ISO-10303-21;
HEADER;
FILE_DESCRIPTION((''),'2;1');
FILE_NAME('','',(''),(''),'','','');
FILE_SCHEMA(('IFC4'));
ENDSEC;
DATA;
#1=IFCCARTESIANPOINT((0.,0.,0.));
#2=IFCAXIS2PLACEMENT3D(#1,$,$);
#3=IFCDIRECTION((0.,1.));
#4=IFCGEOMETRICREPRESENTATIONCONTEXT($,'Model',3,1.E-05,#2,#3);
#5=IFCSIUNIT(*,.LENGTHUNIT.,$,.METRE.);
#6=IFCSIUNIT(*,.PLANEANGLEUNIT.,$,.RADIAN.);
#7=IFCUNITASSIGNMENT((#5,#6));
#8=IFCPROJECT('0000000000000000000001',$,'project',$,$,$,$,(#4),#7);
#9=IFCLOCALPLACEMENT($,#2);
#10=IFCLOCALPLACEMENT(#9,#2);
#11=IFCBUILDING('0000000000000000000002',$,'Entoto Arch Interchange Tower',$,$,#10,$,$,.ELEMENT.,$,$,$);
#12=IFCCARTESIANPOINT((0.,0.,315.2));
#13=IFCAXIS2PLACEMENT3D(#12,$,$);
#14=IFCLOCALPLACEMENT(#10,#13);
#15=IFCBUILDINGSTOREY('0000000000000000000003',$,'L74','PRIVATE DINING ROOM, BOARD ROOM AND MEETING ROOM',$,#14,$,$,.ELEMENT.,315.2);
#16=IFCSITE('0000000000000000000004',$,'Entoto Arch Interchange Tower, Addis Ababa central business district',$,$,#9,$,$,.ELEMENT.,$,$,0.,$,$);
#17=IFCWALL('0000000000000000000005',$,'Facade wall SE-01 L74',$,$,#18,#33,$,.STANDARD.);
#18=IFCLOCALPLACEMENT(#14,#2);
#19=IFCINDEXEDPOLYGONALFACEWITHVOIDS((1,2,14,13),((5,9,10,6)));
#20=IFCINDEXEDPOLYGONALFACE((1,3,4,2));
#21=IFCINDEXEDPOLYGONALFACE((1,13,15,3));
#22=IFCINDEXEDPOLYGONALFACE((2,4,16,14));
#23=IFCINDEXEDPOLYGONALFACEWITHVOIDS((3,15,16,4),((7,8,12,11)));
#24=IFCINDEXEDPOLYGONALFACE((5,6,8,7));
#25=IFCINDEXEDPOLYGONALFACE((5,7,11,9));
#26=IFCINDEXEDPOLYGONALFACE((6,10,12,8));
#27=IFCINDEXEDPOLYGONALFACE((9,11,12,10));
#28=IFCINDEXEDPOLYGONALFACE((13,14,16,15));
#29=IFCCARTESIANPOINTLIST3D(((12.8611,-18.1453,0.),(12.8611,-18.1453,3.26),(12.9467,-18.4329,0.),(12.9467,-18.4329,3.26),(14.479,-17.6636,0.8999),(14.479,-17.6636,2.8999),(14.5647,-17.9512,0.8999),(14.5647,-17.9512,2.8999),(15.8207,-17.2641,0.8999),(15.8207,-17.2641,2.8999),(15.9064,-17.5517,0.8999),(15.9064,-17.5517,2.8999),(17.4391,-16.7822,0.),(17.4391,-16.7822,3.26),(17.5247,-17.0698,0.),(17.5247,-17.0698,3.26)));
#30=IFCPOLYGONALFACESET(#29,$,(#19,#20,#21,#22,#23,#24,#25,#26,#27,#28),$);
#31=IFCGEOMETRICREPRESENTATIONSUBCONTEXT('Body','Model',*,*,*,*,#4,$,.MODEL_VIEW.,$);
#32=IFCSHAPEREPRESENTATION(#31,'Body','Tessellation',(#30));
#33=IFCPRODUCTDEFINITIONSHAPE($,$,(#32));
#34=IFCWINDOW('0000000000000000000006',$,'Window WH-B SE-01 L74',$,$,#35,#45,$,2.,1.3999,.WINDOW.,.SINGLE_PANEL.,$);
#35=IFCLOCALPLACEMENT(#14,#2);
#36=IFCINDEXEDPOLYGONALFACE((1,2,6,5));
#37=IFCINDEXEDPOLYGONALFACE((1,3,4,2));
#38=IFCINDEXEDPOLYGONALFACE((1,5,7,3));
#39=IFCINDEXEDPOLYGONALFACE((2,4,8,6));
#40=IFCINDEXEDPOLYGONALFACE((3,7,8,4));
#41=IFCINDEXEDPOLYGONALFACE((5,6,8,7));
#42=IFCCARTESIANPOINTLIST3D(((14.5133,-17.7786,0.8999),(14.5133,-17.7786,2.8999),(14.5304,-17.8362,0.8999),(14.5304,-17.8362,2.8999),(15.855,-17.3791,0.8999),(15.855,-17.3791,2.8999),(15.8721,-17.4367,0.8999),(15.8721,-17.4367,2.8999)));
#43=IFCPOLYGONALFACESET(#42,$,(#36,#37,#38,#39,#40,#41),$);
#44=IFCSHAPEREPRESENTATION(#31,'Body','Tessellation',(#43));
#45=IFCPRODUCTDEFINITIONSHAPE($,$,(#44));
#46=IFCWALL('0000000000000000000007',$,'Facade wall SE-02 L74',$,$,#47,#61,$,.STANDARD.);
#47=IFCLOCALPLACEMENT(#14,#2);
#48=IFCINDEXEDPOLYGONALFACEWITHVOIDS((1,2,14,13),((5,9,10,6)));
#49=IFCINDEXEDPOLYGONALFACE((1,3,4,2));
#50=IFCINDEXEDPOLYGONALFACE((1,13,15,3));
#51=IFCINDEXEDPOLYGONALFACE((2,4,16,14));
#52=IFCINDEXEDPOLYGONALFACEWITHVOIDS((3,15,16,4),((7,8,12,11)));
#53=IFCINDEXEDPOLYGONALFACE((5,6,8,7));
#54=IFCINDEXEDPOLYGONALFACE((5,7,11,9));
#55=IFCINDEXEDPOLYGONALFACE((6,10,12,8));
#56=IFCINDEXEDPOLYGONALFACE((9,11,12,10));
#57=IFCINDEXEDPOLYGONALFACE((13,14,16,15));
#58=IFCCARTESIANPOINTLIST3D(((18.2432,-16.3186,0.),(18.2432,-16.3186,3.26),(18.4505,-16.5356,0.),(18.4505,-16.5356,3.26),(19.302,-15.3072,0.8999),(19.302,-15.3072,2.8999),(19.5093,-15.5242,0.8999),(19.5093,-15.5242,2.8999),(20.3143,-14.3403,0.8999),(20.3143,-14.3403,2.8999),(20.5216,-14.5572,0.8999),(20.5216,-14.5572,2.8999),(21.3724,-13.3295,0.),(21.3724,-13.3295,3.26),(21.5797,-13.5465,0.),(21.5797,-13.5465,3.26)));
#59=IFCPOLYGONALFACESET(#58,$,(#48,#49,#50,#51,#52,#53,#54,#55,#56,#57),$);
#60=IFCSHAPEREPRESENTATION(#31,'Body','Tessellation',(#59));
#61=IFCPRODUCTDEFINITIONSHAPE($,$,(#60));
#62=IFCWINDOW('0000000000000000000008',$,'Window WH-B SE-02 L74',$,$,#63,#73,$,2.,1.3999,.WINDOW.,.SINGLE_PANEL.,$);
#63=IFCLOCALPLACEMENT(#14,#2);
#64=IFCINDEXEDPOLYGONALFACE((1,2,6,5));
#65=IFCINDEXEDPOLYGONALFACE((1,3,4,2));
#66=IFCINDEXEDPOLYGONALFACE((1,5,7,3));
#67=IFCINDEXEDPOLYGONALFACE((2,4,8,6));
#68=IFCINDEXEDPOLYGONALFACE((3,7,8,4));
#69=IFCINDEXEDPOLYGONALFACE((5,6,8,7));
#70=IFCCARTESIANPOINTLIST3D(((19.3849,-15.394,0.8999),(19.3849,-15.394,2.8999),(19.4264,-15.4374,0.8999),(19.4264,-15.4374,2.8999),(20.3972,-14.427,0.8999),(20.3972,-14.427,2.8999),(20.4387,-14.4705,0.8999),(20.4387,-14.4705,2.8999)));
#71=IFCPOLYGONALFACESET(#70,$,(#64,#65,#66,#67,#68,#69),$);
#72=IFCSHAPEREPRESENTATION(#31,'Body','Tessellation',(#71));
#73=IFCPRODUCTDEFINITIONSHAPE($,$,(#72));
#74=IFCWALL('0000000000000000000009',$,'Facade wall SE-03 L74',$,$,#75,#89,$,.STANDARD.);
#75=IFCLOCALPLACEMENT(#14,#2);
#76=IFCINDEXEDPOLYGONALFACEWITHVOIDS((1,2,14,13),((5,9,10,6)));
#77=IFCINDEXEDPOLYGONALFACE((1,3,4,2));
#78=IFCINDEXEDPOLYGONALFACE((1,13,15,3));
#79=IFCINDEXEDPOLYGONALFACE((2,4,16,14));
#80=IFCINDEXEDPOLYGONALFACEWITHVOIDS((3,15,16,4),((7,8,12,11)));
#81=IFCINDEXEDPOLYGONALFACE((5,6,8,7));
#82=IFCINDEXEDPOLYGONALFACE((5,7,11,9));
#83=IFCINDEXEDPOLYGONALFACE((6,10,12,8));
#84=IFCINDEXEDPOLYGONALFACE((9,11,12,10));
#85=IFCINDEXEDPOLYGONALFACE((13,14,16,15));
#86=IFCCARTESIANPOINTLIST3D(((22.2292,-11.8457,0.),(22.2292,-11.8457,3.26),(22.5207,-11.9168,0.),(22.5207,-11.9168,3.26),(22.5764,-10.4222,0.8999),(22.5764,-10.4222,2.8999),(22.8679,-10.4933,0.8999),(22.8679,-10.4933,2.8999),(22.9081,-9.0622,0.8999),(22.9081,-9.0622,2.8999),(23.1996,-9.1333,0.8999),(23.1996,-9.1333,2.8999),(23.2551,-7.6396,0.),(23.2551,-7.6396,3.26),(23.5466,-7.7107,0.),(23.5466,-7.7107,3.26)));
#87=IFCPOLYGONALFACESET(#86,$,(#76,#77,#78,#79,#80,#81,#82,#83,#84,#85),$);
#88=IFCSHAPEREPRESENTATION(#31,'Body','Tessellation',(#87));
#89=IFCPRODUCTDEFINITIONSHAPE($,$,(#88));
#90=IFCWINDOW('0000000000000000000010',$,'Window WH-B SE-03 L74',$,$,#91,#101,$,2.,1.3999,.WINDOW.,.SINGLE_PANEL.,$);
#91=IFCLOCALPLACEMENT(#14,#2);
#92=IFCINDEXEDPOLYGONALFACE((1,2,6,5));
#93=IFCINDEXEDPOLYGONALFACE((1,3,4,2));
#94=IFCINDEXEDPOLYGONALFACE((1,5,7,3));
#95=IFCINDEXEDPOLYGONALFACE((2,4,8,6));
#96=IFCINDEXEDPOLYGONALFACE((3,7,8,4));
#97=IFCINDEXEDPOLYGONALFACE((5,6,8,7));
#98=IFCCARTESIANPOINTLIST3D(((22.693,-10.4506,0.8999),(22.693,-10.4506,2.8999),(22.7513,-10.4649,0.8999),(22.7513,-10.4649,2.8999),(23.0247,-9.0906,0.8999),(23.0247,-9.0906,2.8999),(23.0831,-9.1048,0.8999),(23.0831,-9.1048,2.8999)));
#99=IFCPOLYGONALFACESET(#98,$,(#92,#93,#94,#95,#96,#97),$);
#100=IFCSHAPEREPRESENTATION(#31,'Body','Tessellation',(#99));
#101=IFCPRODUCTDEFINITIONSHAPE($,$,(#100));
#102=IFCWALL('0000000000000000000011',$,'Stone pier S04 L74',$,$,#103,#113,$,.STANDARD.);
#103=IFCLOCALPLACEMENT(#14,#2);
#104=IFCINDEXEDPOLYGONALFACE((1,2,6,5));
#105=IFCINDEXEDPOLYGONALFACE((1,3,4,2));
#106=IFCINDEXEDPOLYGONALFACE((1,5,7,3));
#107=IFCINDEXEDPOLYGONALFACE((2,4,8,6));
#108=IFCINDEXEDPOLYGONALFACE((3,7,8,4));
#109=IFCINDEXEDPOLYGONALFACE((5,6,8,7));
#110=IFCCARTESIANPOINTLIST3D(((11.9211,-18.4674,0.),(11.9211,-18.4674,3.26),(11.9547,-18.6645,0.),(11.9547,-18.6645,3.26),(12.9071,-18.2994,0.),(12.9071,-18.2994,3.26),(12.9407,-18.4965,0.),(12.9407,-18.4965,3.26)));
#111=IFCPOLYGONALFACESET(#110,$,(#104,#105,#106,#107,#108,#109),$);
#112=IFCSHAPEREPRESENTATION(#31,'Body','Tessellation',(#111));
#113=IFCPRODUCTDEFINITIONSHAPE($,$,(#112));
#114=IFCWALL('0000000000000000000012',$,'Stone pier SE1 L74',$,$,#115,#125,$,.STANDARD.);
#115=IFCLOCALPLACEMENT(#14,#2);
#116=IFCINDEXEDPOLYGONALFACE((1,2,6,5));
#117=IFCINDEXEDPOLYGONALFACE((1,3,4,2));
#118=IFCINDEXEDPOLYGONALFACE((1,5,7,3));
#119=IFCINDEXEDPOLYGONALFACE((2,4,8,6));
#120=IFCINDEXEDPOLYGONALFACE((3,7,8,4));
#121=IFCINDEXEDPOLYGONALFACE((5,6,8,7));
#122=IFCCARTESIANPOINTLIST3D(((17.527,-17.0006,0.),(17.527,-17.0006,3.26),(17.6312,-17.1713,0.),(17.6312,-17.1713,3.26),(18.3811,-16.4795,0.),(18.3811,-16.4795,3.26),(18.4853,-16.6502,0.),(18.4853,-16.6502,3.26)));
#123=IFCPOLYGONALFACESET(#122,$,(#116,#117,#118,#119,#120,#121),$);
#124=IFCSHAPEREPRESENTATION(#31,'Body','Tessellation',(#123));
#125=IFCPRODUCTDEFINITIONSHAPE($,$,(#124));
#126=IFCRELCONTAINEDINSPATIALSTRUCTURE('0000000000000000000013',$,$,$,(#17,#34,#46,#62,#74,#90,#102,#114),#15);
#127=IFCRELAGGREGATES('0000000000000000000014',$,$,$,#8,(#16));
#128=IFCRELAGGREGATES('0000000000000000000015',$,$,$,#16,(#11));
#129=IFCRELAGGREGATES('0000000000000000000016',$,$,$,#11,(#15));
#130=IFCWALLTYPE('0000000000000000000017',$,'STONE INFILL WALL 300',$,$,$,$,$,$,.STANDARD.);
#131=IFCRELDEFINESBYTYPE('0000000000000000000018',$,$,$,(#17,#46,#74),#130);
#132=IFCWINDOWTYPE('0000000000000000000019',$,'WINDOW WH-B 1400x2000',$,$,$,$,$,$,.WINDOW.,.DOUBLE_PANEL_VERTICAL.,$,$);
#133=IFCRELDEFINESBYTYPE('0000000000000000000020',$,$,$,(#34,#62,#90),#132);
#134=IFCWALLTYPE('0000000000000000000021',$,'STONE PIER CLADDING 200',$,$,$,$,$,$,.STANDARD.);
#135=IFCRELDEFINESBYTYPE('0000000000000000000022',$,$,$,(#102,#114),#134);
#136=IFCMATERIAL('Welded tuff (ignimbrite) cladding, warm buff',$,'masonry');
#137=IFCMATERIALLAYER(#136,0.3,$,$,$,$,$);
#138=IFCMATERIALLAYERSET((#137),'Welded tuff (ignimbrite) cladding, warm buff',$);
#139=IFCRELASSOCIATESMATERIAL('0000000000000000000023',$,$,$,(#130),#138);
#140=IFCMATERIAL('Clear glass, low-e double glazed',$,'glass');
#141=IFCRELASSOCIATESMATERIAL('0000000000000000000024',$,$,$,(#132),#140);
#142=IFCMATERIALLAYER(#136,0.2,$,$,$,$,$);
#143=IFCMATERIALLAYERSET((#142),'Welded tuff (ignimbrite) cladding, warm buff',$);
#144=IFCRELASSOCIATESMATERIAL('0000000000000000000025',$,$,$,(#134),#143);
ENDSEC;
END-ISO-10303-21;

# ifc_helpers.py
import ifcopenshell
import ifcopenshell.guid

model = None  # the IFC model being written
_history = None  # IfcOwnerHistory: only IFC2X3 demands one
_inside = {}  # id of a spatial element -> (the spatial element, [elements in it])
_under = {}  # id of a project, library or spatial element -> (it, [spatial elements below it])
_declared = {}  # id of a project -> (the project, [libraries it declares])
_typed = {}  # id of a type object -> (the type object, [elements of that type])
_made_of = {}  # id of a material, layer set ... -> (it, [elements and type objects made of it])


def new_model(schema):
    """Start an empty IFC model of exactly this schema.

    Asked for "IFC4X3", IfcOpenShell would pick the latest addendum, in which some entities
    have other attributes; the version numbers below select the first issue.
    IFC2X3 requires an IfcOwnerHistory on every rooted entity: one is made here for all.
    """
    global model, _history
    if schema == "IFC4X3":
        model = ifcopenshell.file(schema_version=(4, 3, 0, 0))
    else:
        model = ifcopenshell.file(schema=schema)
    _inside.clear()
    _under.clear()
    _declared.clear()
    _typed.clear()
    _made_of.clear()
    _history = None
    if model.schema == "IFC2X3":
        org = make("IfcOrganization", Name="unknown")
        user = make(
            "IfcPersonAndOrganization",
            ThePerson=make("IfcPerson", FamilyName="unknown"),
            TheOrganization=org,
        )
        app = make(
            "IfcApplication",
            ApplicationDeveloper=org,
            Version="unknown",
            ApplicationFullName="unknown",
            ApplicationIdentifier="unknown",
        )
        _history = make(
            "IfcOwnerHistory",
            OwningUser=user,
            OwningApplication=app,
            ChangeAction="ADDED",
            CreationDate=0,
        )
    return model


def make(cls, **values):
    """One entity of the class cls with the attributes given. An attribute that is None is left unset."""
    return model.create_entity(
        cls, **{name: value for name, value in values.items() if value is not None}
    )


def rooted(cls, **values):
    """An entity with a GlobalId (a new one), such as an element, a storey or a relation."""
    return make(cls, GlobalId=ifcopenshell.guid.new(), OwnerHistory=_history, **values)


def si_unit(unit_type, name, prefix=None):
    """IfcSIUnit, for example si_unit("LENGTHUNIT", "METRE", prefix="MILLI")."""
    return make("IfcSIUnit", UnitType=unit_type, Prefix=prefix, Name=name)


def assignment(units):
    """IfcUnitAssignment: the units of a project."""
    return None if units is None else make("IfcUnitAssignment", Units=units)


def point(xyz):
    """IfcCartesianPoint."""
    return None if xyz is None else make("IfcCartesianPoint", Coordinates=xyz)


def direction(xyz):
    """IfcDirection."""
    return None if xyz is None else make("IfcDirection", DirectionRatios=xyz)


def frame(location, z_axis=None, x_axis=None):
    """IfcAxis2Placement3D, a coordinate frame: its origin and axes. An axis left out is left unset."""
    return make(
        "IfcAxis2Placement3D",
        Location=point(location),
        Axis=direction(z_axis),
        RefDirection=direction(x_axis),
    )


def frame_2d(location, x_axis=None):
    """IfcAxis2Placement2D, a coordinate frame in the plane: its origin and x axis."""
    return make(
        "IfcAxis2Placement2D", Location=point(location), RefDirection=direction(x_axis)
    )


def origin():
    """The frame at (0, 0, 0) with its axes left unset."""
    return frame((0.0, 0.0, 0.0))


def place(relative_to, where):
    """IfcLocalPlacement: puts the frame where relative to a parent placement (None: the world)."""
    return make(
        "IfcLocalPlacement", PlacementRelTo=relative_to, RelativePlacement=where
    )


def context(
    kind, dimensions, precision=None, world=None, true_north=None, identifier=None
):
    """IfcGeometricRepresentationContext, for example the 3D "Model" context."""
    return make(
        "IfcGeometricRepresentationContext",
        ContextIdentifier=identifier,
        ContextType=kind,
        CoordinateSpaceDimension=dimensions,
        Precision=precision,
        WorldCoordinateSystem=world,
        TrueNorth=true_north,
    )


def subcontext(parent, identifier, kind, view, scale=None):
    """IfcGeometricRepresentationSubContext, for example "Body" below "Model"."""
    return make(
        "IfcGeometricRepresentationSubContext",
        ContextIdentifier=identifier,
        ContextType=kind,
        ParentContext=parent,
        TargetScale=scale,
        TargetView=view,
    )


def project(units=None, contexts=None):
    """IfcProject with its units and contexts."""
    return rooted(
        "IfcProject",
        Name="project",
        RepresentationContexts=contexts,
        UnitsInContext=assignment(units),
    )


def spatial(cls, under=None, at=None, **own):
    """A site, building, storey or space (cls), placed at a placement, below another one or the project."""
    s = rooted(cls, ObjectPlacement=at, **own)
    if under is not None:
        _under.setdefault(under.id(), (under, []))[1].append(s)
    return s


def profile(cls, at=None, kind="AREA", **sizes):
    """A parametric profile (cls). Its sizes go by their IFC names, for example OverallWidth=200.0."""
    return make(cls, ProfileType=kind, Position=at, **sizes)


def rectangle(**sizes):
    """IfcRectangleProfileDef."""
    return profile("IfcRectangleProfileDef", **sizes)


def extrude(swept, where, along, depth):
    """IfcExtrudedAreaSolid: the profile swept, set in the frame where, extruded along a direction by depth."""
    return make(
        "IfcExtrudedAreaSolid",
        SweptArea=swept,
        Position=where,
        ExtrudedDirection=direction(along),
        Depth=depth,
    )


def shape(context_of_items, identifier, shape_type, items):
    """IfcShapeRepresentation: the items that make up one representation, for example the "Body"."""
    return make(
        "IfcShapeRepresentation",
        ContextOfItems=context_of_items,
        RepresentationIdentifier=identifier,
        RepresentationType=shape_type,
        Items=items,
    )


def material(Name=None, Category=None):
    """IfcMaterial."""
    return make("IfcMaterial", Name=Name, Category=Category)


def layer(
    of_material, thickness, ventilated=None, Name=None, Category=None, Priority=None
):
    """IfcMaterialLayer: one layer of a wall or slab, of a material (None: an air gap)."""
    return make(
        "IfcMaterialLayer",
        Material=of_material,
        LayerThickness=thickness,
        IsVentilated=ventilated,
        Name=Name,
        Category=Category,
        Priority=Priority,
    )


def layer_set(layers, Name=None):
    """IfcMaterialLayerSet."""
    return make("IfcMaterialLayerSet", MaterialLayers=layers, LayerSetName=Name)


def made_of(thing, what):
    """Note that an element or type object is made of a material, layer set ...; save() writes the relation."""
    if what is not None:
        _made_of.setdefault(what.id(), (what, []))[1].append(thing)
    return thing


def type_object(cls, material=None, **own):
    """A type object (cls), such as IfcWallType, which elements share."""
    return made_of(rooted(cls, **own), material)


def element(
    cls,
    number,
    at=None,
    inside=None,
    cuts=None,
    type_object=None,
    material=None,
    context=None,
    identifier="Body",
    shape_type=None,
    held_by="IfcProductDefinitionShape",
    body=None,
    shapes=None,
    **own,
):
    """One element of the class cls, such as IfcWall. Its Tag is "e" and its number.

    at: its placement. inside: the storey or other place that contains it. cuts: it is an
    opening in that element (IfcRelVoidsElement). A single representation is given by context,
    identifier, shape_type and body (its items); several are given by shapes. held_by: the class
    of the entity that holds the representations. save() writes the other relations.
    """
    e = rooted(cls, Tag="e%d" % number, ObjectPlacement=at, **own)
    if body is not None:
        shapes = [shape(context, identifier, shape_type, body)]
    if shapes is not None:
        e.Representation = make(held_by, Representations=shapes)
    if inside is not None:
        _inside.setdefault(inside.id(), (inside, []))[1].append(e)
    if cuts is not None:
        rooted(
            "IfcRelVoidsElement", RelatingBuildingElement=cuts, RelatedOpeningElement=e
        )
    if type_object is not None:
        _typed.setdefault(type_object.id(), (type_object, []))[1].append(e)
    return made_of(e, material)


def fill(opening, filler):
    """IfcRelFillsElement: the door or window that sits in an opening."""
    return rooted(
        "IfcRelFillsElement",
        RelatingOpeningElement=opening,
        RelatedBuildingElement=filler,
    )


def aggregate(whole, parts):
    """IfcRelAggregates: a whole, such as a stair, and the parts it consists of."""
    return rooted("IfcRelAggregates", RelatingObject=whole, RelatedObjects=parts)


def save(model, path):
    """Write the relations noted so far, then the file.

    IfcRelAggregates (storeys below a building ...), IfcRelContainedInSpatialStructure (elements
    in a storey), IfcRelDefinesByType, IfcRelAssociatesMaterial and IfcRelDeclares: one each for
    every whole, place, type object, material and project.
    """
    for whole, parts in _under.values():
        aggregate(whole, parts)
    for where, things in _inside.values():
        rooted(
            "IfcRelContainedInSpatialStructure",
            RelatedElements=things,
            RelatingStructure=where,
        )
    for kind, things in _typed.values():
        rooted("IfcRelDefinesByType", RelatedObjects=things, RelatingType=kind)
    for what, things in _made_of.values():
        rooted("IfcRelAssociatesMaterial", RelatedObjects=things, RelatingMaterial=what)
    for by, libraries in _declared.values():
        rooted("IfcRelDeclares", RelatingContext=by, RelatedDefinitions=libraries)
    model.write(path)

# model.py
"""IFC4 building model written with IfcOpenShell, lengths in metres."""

from ifc_helpers import new_model, si_unit, direction, frame, frame_2d, origin, place, context, subcontext, project, spatial, rectangle, extrude, material, layer, layer_set, type_object, element, fill, save


model = new_model("IFC4")

# Units and contexts
model_context = context("Model", 3, precision=1e-05, world=origin(), true_north=direction((0.0, 1.0)))
body_context = subcontext(model_context, "Body", "Model", "MODEL_VIEW")
ifc_project = project(units=[si_unit("LENGTHUNIT", "METRE"), si_unit("PLANEANGLEUNIT", "RADIAN")], contexts=[model_context])

# Site, building, storey
site_placement = place(None, origin())
site = spatial("IfcSite", under=ifc_project, at=site_placement, Name="Entoto Arch Interchange Tower, Addis Ababa central business district", CompositionType="ELEMENT", RefElevation=0.0)
building_placement = place(site_placement, origin())
building = spatial("IfcBuilding", under=site, at=building_placement, Name="Entoto Arch Interchange Tower", CompositionType="ELEMENT")
storey_placement = place(building_placement, frame((0.0, 0.0, 315.2)))
storey = spatial("IfcBuildingStorey", under=building, at=storey_placement, Name="L74", Description="PRIVATE DINING ROOM, BOARD ROOM AND MEETING ROOM", CompositionType="ELEMENT", Elevation=315.2)

# Walls, openings, windows
ifc_material_1 = material(Name="Welded tuff (ignimbrite) cladding, warm buff", Category="masonry")
ifc_layer_1 = layer(ifc_material_1, 0.3)
ifc_layer_set_1 = layer_set([ifc_layer_1], Name="Welded tuff (ignimbrite) cladding, warm buff")
wall_type_1 = type_object("IfcWallType", Name="STONE INFILL WALL 300", PredefinedType="STANDARD", material=ifc_layer_set_1)
ifc_material_2 = material(Name="Clear glass, low-e double glazed", Category="glass")
window_type = type_object("IfcWindowType", Name="WINDOW WH-B 1400x2000", PartitioningType="DOUBLE_PANEL_VERTICAL", PredefinedType="WINDOW", material=ifc_material_2)
wall_1_placement = place(storey_placement, frame((12.9041, -18.2891, 0.0), z_axis=(0.0, 0.0, 1.0), x_axis=(0.958419, 0.285364, 0.0)))
wall_1 = element("IfcWall", 1, at=wall_1_placement, inside=storey, type_object=wall_type_1, Name="Facade wall SE-01 L74", PredefinedType="STANDARD", context=body_context, shape_type="SweptSolid", body=[
    extrude(rectangle(XDim=4.7766, YDim=0.3, at=frame_2d((2.3882, 0.0))), origin(), (0.0, 0.0, 1.0), 3.26),
])
opening_1_placement = place(wall_1_placement, frame((1.688, 0.0, 0.8999)))
opening_1 = element("IfcOpeningElement", 2, at=opening_1_placement, cuts=wall_1, PredefinedType="OPENING", context=body_context, shape_type="SweptSolid", body=[
    extrude(rectangle(XDim=1.3999, YDim=2.0, at=frame_2d((0.7, 1.0))), frame((0.0, 0.1602, 0.0), z_axis=(0.0, -1.0, 0.0), x_axis=(1.0, 0.0, 0.0)), (0.0, 0.0, 1.0), 0.3201),
])
window_1_placement = place(opening_1_placement, origin())
window_1 = element("IfcWindow", 3, at=window_1_placement, inside=storey, type_object=window_type, Name="Window WH-B SE-01 L74", OverallHeight=2.0, OverallWidth=1.3999, PartitioningType="SINGLE_PANEL", PredefinedType="WINDOW", context=body_context, shape_type="SweptSolid", body=[
    extrude(rectangle(XDim=1.3999, YDim=2.0, at=frame_2d((0.7, 1.0))), frame((0.0, 0.03, 0.0), z_axis=(0.0, -1.0, 0.0), x_axis=(1.0, 0.0, 0.0)), (0.0, 0.0, 1.0), 0.0601),
])
fill(opening_1, window_1)
wall_2_placement = place(storey_placement, frame((18.3469, -16.427, 0.0), z_axis=(0.0, 0.0, 1.0), x_axis=(0.723113, 0.690729, 0.0)))
wall_2 = element("IfcWall", 4, at=wall_2_placement, inside=storey, type_object=wall_type_1, Name="Facade wall SE-02 L74", PredefinedType="STANDARD", context=body_context, shape_type="SweptSolid", body=[
    extrude(rectangle(XDim=4.3274, YDim=0.3, at=frame_2d((2.1636, 0.0))), origin(), (0.0, 0.0, 1.0), 3.26),
])
opening_2_placement = place(wall_2_placement, frame((1.4641, 0.0, 0.8999)))
opening_2 = element("IfcOpeningElement", 5, at=opening_2_placement, cuts=wall_2, PredefinedType="OPENING", context=body_context, shape_type="SweptSolid", body=[
    extrude(rectangle(XDim=1.3999, YDim=2.0, at=frame_2d((0.7, 1.0))), frame((0.0, 0.1602, 0.0), z_axis=(0.0, -1.0, 0.0), x_axis=(1.0, 0.0, 0.0)), (0.0, 0.0, 1.0), 0.3201),
])
window_2_placement = place(opening_2_placement, origin())
window_2 = element("IfcWindow", 6, at=window_2_placement, inside=storey, type_object=window_type, Name="Window WH-B SE-02 L74", OverallHeight=2.0, OverallWidth=1.3999, PartitioningType="SINGLE_PANEL", PredefinedType="WINDOW", context=body_context, shape_type="SweptSolid", body=[
    extrude(rectangle(XDim=1.3999, YDim=2.0, at=frame_2d((0.7, 1.0))), frame((0.0, 0.03, 0.0), z_axis=(0.0, -1.0, 0.0), x_axis=(1.0, 0.0, 0.0)), (0.0, 0.0, 1.0), 0.0601),
])
fill(opening_2, window_2)
wall_3_placement = place(storey_placement, frame((22.375, -11.8811, 0.0), z_axis=(0.0, 0.0, 1.0), x_axis=(0.236959, 0.97152, 0.0)))
wall_3 = element("IfcWall", 7, at=wall_3_placement, inside=storey, type_object=wall_type_1, Name="Facade wall SE-03 L74", PredefinedType="STANDARD", context=body_context, shape_type="SweptSolid", body=[
    extrude(rectangle(XDim=4.3293, YDim=0.3, at=frame_2d((2.1646, 0.0))), origin(), (0.0, 0.0, 1.0), 3.26),
])
opening_3_placement = place(wall_3_placement, frame((1.4651, 0.0, 0.8999)))
opening_3 = element("IfcOpeningElement", 8, at=opening_3_placement, cuts=wall_3, PredefinedType="OPENING", context=body_context, shape_type="SweptSolid", body=[
    extrude(rectangle(XDim=1.3999, YDim=2.0, at=frame_2d((0.7, 1.0))), frame((0.0, 0.1602, 0.0), z_axis=(0.0, -1.0, 0.0), x_axis=(1.0, 0.0, 0.0)), (0.0, 0.0, 1.0), 0.3201),
])
window_3_placement = place(opening_3_placement, origin())
window_3 = element("IfcWindow", 9, at=window_3_placement, inside=storey, type_object=window_type, Name="Window WH-B SE-03 L74", OverallHeight=2.0, OverallWidth=1.3999, PartitioningType="SINGLE_PANEL", PredefinedType="WINDOW", context=body_context, shape_type="SweptSolid", body=[
    extrude(rectangle(XDim=1.3999, YDim=2.0, at=frame_2d((0.7, 1.0))), frame((0.0, 0.03, 0.0), z_axis=(0.0, -1.0, 0.0), x_axis=(1.0, 0.0, 0.0)), (0.0, 0.0, 1.0), 0.0601),
])
fill(opening_3, window_3)

# Walls
ifc_layer_2 = layer(ifc_material_1, 0.2)
ifc_layer_set_2 = layer_set([ifc_layer_2], Name="Welded tuff (ignimbrite) cladding, warm buff")
wall_type_2 = type_object("IfcWallType", Name="STONE PIER CLADDING 200", PredefinedType="STANDARD", material=ifc_layer_set_2)
wall_4_placement = place(storey_placement, frame((11.938, -18.5659, 0.0), z_axis=(0.0, 0.0, 1.0), x_axis=(0.985801, 0.16792, 0.0)))
element("IfcWall", 10, at=wall_4_placement, inside=storey, type_object=wall_type_2, Name="Stone pier S04 L74", PredefinedType="STANDARD", context=body_context, shape_type="SweptSolid", body=[
    extrude(rectangle(XDim=1.0002, YDim=0.2, at=frame_2d((0.5, 0.0))), origin(), (0.0, 0.0, 1.0), 3.26),
])
wall_5_placement = place(storey_placement, frame((17.5791, -17.0859, 0.0), z_axis=(0.0, 0.0, 1.0), x_axis=(0.85368, 0.520798, 0.0)))
element("IfcWall", 11, at=wall_5_placement, inside=storey, type_object=wall_type_2, Name="Stone pier SE1 L74", PredefinedType="STANDARD", context=body_context, shape_type="SweptSolid", body=[
    extrude(rectangle(XDim=1.0005, YDim=0.2, at=frame_2d((0.5002, 0.0))), origin(), (0.0, 0.0, 1.0), 3.26),
])

save(model, "model.ifc")
